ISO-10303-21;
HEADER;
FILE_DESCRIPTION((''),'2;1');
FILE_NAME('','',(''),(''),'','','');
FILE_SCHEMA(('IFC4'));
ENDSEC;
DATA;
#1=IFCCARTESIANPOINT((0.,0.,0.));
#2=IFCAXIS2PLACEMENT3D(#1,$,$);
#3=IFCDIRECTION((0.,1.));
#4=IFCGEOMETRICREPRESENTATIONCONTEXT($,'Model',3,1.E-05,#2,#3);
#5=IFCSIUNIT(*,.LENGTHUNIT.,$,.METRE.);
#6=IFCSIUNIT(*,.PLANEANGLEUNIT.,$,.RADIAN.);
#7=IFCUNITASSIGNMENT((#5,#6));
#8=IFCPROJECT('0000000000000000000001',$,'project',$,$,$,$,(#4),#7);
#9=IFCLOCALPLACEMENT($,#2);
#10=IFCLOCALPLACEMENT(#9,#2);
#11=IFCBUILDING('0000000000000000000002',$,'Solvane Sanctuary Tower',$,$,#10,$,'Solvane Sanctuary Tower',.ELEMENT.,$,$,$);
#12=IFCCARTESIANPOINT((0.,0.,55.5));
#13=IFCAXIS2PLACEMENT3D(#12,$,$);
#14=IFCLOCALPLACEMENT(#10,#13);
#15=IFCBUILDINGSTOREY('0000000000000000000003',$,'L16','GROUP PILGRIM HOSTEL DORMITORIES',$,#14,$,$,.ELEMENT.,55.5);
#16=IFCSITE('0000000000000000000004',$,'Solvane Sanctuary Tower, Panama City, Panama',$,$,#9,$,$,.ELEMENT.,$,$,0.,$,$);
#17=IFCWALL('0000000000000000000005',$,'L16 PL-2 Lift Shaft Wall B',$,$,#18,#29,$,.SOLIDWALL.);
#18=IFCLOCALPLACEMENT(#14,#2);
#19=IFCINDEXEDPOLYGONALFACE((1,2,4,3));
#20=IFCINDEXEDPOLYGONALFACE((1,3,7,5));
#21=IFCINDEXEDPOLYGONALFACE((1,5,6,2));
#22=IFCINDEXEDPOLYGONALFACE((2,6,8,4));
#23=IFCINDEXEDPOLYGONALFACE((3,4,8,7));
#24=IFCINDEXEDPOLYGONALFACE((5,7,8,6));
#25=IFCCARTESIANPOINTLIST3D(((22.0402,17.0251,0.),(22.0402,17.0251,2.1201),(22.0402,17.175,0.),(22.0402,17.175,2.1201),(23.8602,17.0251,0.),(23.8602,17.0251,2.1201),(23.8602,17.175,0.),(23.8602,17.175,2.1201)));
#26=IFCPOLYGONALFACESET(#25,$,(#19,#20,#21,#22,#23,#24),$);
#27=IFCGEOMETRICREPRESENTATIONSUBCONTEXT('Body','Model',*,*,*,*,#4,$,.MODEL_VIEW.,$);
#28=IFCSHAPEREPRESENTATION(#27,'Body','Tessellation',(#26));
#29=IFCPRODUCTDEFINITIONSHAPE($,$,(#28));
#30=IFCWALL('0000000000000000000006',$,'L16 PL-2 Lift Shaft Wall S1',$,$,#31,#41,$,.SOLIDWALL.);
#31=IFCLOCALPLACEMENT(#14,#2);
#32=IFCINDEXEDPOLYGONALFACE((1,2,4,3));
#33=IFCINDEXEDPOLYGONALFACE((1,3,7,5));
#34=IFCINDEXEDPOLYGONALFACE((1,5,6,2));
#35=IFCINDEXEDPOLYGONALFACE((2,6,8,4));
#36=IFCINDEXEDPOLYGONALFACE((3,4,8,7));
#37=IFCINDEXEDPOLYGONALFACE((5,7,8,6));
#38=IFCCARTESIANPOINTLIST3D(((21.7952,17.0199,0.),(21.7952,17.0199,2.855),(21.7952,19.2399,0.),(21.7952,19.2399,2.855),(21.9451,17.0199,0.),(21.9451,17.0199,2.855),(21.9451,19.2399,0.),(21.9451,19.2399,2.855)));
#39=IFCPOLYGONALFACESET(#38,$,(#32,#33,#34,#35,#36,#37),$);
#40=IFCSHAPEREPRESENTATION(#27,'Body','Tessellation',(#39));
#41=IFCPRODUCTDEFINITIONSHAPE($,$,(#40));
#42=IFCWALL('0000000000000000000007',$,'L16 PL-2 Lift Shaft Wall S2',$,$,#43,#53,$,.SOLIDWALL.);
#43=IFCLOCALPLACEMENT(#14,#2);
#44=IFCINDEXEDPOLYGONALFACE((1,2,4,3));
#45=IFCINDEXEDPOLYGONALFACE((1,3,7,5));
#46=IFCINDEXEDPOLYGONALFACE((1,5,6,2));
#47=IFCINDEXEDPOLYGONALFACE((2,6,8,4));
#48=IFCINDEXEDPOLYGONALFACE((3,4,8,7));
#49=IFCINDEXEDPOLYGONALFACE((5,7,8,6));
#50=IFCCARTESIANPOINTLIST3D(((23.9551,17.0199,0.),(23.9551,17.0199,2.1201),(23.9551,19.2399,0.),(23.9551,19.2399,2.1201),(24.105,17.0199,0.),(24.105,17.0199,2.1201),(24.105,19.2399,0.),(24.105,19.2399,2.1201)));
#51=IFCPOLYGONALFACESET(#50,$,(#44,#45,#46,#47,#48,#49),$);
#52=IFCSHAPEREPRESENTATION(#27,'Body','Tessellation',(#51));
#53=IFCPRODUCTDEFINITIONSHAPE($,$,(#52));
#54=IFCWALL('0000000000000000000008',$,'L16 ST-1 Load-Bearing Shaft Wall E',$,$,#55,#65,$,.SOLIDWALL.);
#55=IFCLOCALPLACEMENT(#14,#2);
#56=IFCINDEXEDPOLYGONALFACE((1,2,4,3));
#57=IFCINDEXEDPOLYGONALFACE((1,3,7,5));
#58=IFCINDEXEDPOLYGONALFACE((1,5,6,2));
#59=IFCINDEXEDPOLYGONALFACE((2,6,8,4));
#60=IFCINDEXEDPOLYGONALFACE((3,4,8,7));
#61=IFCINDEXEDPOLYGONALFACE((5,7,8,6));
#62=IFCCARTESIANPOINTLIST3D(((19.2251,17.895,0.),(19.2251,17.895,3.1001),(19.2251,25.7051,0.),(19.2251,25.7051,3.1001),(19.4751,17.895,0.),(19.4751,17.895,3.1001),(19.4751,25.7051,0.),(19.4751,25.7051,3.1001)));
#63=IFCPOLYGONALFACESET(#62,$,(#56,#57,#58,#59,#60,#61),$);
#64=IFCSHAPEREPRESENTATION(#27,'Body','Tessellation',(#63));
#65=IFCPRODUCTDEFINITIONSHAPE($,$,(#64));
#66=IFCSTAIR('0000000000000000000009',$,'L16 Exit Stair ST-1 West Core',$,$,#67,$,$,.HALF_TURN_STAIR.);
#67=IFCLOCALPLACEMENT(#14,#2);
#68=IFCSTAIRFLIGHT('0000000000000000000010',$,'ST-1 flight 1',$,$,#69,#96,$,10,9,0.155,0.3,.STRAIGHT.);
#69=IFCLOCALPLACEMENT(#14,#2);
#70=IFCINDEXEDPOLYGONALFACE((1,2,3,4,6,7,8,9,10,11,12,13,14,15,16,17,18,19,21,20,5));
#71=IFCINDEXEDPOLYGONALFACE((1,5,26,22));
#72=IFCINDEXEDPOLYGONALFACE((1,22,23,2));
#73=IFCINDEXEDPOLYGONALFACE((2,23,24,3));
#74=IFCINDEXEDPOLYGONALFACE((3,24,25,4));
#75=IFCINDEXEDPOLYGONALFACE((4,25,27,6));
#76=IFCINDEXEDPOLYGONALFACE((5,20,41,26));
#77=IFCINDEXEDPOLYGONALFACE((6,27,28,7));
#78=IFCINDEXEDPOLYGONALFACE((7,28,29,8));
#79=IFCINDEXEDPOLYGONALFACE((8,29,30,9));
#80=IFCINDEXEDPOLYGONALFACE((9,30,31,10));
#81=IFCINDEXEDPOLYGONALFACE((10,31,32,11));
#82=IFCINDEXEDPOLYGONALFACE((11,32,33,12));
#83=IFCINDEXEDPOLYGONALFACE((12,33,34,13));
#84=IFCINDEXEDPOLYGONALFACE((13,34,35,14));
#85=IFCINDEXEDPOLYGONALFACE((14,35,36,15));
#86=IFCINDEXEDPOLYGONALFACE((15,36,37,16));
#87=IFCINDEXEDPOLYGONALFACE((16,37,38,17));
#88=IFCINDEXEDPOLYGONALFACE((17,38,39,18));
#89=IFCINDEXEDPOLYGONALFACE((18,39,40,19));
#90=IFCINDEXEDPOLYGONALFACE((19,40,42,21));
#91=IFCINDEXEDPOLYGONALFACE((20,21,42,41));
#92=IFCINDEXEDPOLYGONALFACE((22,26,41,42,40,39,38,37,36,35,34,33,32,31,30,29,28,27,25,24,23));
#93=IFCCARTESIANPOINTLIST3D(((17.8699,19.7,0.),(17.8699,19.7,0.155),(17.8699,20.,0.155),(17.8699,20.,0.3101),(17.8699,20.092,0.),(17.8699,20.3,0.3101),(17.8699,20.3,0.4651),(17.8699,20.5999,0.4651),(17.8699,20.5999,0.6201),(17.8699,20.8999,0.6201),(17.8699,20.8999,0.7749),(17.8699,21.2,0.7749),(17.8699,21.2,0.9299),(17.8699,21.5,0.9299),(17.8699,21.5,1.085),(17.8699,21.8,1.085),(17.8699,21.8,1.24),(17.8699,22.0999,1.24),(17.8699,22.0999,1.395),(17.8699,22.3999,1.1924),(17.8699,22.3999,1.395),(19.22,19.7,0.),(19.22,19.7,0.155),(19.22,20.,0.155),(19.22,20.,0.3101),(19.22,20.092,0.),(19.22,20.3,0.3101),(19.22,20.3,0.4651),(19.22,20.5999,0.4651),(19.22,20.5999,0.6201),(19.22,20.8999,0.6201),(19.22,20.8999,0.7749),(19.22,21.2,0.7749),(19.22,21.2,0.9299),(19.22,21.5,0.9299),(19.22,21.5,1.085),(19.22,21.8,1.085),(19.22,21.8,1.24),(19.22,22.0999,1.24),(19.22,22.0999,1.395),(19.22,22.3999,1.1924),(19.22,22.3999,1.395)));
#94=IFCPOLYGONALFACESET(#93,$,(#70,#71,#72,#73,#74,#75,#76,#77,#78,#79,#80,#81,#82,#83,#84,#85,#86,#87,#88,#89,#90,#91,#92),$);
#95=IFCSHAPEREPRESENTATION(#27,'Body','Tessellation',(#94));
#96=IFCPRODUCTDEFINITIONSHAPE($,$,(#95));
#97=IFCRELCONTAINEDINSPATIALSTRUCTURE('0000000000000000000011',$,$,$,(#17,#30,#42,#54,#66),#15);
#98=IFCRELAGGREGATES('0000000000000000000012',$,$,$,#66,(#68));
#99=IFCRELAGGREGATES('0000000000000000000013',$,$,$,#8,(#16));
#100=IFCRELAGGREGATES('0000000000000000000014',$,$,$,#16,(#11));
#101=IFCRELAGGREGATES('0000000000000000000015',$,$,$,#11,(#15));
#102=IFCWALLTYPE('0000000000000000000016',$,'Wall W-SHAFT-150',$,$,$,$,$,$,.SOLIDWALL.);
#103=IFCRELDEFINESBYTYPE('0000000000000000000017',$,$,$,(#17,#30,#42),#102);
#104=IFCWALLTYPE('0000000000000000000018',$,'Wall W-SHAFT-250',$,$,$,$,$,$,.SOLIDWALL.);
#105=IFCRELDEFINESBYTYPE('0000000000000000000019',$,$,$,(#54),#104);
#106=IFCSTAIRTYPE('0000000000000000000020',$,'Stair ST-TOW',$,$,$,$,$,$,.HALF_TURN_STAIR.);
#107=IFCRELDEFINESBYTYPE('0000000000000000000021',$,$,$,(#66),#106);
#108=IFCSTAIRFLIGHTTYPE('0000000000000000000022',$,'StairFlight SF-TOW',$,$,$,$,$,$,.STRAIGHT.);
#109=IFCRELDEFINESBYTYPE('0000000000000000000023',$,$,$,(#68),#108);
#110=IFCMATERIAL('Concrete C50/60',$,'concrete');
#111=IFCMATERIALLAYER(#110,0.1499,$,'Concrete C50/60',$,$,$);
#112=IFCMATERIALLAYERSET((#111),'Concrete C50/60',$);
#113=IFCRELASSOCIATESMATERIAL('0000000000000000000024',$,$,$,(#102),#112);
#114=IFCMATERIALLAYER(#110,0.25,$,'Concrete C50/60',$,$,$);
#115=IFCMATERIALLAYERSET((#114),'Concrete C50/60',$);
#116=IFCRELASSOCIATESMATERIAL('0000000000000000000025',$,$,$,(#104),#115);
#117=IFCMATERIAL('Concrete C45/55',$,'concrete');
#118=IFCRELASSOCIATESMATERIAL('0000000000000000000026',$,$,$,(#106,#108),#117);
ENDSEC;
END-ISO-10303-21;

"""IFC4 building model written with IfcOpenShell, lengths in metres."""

from ifc_helpers import new_model, si_unit, direction, frame, frame_2d, origin, place, context, subcontext, project, spatial, polyline, rectangle, outline, extrude, material, layer, layer_set, type_object, element, aggregate, save


model = new_model("IFC4")

# Units and contexts
model_context = context("Model", 3, precision=1e-05, world=origin(), true_north=direction((0.0, 1.0)))
body_context = subcontext(model_context, "Body", "Model", "MODEL_VIEW")
ifc_project = project(units=[si_unit("LENGTHUNIT", "METRE"), si_unit("PLANEANGLEUNIT", "RADIAN")], contexts=[model_context])

# Site, building, storey
site_placement = place(None, origin())
site = spatial("IfcSite", under=ifc_project, at=site_placement, Name="Solvane Sanctuary Tower, Panama City, Panama", CompositionType="ELEMENT", RefElevation=0.0)
building_placement = place(site_placement, origin())
building = spatial("IfcBuilding", under=site, at=building_placement, Name="Solvane Sanctuary Tower", LongName="Solvane Sanctuary Tower", CompositionType="ELEMENT")
storey_placement = place(building_placement, frame((0.0, 0.0, 55.5)))
storey = spatial("IfcBuildingStorey", under=building, at=storey_placement, Name="L16", Description="GROUP PILGRIM HOSTEL DORMITORIES", CompositionType="ELEMENT", Elevation=55.5)

# Shared definitions
ifc_material_1 = material(Name="Concrete C50/60", Category="concrete")
ifc_layer_1 = layer(ifc_material_1, 0.1499, Name="Concrete C50/60")
ifc_layer_set_1 = layer_set([ifc_layer_1], Name="Concrete C50/60")
wall_type_1 = type_object("IfcWallType", Name="Wall W-SHAFT-150", PredefinedType="SOLIDWALL", material=ifc_layer_set_1)

# Walls
wall_1_placement = place(storey_placement, frame((22.04, 17.1001, 0.0), z_axis=(0.0, 0.0, 1.0), x_axis=(1.0, 0.0, 0.0)))
element("IfcWall", 1, at=wall_1_placement, inside=storey, type_object=wall_type_1, Name="L16 PL-2 Lift Shaft Wall B", PredefinedType="SOLIDWALL", context=body_context, shape_type="SweptSolid", body=[
    extrude(rectangle(XDim=1.8201, YDim=0.1499, at=frame_2d((0.9102, 0.0))), origin(), (0.0, 0.0, 1.0), 2.1201),
])
wall_2_placement = place(storey_placement, frame((21.8701, 17.02, 0.0), z_axis=(0.0, 0.0, 1.0), x_axis=(0.0, 1.0, 0.0)))
element("IfcWall", 2, at=wall_2_placement, inside=storey, type_object=wall_type_1, Name="L16 PL-2 Lift Shaft Wall S1", PredefinedType="SOLIDWALL", context=body_context, shape_type="SweptSolid", body=[
    extrude(rectangle(XDim=2.22, YDim=0.1499, at=frame_2d((1.1099, 0.0))), origin(), (0.0, 0.0, 1.0), 2.855),
])
wall_3_placement = place(storey_placement, frame((24.03, 17.02, 0.0), z_axis=(0.0, 0.0, 1.0), x_axis=(0.0, 1.0, 0.0)))
element("IfcWall", 3, at=wall_3_placement, inside=storey, type_object=wall_type_1, Name="L16 PL-2 Lift Shaft Wall S2", PredefinedType="SOLIDWALL", context=body_context, shape_type="SweptSolid", body=[
    extrude(rectangle(XDim=2.22, YDim=0.1499, at=frame_2d((1.1099, 0.0))), origin(), (0.0, 0.0, 1.0), 2.1201),
])
ifc_layer_2 = layer(ifc_material_1, 0.25, Name="Concrete C50/60")
ifc_layer_set_2 = layer_set([ifc_layer_2], Name="Concrete C50/60")
wall_type_2 = type_object("IfcWallType", Name="Wall W-SHAFT-250", PredefinedType="SOLIDWALL", material=ifc_layer_set_2)
wall_4_placement = place(storey_placement, frame((19.3501, 17.895, 0.0), z_axis=(0.0, 0.0, 1.0), x_axis=(0.0, 1.0, 0.0)))
element("IfcWall", 4, at=wall_4_placement, inside=storey, type_object=wall_type_2, Name="L16 ST-1 Load-Bearing Shaft Wall E", PredefinedType="SOLIDWALL", context=body_context, shape_type="SweptSolid", body=[
    extrude(rectangle(XDim=7.8101, YDim=0.25, at=frame_2d((3.905, 0.0))), origin(), (0.0, 0.0, 1.0), 3.1001),
])

# Stair, stair flight
ifc_material_2 = material(Name="Concrete C45/55", Category="concrete")
stair_type = type_object("IfcStairType", Name="Stair ST-TOW", PredefinedType="HALF_TURN_STAIR", material=ifc_material_2)
stair_placement = place(storey_placement, origin())
stair = element("IfcStair", 5, at=stair_placement, inside=storey, type_object=stair_type, Name="L16 Exit Stair ST-1 West Core", PredefinedType="HALF_TURN_STAIR")
stair_flight_type = type_object("IfcStairFlightType", Name="StairFlight SF-TOW", PredefinedType="STRAIGHT", material=ifc_material_2)
stair_flight_placement = place(storey_placement, frame((18.5449, 19.7, 0.0), z_axis=(0.0, 0.0, 1.0), x_axis=(0.0, 1.0, 0.0)))
stair_flight = element("IfcStairFlight", 6, at=stair_flight_placement, type_object=stair_flight_type, Name="ST-1 flight 1", NumberOfRisers=10, NumberOfTreads=9, PredefinedType="STRAIGHT", RiserHeight=0.155, TreadLength=0.3, context=body_context, shape_type="SweptSolid", body=[
    extrude(outline(polyline([(0.0, 0.0), (0.0, 0.155), (0.3, 0.155), (0.3, 0.3101), (0.6001, 0.3101), (0.6001, 0.4651), (0.8999, 0.4651), (0.8999, 0.6201), (1.2, 0.6201), (1.2, 0.7749), (1.5, 0.7749), (1.5, 0.9299), (1.8, 0.9299), (1.8, 1.085), (2.1001, 1.085), (2.1001, 1.24), (2.3999, 1.24), (2.3999, 1.395), (2.7, 1.395), (2.7, 1.55), (2.7, 1.1924), (0.3921, 0.0), (0.0, 0.0)])), frame((0.0, 0.675, 0.0), z_axis=(0.0, -1.0, 0.0), x_axis=(1.0, 0.0, 0.0)), (0.0, 0.0, 1.0), 1.3501),
])
aggregate(stair, [stair_flight])

save(model, "model.ifc")
